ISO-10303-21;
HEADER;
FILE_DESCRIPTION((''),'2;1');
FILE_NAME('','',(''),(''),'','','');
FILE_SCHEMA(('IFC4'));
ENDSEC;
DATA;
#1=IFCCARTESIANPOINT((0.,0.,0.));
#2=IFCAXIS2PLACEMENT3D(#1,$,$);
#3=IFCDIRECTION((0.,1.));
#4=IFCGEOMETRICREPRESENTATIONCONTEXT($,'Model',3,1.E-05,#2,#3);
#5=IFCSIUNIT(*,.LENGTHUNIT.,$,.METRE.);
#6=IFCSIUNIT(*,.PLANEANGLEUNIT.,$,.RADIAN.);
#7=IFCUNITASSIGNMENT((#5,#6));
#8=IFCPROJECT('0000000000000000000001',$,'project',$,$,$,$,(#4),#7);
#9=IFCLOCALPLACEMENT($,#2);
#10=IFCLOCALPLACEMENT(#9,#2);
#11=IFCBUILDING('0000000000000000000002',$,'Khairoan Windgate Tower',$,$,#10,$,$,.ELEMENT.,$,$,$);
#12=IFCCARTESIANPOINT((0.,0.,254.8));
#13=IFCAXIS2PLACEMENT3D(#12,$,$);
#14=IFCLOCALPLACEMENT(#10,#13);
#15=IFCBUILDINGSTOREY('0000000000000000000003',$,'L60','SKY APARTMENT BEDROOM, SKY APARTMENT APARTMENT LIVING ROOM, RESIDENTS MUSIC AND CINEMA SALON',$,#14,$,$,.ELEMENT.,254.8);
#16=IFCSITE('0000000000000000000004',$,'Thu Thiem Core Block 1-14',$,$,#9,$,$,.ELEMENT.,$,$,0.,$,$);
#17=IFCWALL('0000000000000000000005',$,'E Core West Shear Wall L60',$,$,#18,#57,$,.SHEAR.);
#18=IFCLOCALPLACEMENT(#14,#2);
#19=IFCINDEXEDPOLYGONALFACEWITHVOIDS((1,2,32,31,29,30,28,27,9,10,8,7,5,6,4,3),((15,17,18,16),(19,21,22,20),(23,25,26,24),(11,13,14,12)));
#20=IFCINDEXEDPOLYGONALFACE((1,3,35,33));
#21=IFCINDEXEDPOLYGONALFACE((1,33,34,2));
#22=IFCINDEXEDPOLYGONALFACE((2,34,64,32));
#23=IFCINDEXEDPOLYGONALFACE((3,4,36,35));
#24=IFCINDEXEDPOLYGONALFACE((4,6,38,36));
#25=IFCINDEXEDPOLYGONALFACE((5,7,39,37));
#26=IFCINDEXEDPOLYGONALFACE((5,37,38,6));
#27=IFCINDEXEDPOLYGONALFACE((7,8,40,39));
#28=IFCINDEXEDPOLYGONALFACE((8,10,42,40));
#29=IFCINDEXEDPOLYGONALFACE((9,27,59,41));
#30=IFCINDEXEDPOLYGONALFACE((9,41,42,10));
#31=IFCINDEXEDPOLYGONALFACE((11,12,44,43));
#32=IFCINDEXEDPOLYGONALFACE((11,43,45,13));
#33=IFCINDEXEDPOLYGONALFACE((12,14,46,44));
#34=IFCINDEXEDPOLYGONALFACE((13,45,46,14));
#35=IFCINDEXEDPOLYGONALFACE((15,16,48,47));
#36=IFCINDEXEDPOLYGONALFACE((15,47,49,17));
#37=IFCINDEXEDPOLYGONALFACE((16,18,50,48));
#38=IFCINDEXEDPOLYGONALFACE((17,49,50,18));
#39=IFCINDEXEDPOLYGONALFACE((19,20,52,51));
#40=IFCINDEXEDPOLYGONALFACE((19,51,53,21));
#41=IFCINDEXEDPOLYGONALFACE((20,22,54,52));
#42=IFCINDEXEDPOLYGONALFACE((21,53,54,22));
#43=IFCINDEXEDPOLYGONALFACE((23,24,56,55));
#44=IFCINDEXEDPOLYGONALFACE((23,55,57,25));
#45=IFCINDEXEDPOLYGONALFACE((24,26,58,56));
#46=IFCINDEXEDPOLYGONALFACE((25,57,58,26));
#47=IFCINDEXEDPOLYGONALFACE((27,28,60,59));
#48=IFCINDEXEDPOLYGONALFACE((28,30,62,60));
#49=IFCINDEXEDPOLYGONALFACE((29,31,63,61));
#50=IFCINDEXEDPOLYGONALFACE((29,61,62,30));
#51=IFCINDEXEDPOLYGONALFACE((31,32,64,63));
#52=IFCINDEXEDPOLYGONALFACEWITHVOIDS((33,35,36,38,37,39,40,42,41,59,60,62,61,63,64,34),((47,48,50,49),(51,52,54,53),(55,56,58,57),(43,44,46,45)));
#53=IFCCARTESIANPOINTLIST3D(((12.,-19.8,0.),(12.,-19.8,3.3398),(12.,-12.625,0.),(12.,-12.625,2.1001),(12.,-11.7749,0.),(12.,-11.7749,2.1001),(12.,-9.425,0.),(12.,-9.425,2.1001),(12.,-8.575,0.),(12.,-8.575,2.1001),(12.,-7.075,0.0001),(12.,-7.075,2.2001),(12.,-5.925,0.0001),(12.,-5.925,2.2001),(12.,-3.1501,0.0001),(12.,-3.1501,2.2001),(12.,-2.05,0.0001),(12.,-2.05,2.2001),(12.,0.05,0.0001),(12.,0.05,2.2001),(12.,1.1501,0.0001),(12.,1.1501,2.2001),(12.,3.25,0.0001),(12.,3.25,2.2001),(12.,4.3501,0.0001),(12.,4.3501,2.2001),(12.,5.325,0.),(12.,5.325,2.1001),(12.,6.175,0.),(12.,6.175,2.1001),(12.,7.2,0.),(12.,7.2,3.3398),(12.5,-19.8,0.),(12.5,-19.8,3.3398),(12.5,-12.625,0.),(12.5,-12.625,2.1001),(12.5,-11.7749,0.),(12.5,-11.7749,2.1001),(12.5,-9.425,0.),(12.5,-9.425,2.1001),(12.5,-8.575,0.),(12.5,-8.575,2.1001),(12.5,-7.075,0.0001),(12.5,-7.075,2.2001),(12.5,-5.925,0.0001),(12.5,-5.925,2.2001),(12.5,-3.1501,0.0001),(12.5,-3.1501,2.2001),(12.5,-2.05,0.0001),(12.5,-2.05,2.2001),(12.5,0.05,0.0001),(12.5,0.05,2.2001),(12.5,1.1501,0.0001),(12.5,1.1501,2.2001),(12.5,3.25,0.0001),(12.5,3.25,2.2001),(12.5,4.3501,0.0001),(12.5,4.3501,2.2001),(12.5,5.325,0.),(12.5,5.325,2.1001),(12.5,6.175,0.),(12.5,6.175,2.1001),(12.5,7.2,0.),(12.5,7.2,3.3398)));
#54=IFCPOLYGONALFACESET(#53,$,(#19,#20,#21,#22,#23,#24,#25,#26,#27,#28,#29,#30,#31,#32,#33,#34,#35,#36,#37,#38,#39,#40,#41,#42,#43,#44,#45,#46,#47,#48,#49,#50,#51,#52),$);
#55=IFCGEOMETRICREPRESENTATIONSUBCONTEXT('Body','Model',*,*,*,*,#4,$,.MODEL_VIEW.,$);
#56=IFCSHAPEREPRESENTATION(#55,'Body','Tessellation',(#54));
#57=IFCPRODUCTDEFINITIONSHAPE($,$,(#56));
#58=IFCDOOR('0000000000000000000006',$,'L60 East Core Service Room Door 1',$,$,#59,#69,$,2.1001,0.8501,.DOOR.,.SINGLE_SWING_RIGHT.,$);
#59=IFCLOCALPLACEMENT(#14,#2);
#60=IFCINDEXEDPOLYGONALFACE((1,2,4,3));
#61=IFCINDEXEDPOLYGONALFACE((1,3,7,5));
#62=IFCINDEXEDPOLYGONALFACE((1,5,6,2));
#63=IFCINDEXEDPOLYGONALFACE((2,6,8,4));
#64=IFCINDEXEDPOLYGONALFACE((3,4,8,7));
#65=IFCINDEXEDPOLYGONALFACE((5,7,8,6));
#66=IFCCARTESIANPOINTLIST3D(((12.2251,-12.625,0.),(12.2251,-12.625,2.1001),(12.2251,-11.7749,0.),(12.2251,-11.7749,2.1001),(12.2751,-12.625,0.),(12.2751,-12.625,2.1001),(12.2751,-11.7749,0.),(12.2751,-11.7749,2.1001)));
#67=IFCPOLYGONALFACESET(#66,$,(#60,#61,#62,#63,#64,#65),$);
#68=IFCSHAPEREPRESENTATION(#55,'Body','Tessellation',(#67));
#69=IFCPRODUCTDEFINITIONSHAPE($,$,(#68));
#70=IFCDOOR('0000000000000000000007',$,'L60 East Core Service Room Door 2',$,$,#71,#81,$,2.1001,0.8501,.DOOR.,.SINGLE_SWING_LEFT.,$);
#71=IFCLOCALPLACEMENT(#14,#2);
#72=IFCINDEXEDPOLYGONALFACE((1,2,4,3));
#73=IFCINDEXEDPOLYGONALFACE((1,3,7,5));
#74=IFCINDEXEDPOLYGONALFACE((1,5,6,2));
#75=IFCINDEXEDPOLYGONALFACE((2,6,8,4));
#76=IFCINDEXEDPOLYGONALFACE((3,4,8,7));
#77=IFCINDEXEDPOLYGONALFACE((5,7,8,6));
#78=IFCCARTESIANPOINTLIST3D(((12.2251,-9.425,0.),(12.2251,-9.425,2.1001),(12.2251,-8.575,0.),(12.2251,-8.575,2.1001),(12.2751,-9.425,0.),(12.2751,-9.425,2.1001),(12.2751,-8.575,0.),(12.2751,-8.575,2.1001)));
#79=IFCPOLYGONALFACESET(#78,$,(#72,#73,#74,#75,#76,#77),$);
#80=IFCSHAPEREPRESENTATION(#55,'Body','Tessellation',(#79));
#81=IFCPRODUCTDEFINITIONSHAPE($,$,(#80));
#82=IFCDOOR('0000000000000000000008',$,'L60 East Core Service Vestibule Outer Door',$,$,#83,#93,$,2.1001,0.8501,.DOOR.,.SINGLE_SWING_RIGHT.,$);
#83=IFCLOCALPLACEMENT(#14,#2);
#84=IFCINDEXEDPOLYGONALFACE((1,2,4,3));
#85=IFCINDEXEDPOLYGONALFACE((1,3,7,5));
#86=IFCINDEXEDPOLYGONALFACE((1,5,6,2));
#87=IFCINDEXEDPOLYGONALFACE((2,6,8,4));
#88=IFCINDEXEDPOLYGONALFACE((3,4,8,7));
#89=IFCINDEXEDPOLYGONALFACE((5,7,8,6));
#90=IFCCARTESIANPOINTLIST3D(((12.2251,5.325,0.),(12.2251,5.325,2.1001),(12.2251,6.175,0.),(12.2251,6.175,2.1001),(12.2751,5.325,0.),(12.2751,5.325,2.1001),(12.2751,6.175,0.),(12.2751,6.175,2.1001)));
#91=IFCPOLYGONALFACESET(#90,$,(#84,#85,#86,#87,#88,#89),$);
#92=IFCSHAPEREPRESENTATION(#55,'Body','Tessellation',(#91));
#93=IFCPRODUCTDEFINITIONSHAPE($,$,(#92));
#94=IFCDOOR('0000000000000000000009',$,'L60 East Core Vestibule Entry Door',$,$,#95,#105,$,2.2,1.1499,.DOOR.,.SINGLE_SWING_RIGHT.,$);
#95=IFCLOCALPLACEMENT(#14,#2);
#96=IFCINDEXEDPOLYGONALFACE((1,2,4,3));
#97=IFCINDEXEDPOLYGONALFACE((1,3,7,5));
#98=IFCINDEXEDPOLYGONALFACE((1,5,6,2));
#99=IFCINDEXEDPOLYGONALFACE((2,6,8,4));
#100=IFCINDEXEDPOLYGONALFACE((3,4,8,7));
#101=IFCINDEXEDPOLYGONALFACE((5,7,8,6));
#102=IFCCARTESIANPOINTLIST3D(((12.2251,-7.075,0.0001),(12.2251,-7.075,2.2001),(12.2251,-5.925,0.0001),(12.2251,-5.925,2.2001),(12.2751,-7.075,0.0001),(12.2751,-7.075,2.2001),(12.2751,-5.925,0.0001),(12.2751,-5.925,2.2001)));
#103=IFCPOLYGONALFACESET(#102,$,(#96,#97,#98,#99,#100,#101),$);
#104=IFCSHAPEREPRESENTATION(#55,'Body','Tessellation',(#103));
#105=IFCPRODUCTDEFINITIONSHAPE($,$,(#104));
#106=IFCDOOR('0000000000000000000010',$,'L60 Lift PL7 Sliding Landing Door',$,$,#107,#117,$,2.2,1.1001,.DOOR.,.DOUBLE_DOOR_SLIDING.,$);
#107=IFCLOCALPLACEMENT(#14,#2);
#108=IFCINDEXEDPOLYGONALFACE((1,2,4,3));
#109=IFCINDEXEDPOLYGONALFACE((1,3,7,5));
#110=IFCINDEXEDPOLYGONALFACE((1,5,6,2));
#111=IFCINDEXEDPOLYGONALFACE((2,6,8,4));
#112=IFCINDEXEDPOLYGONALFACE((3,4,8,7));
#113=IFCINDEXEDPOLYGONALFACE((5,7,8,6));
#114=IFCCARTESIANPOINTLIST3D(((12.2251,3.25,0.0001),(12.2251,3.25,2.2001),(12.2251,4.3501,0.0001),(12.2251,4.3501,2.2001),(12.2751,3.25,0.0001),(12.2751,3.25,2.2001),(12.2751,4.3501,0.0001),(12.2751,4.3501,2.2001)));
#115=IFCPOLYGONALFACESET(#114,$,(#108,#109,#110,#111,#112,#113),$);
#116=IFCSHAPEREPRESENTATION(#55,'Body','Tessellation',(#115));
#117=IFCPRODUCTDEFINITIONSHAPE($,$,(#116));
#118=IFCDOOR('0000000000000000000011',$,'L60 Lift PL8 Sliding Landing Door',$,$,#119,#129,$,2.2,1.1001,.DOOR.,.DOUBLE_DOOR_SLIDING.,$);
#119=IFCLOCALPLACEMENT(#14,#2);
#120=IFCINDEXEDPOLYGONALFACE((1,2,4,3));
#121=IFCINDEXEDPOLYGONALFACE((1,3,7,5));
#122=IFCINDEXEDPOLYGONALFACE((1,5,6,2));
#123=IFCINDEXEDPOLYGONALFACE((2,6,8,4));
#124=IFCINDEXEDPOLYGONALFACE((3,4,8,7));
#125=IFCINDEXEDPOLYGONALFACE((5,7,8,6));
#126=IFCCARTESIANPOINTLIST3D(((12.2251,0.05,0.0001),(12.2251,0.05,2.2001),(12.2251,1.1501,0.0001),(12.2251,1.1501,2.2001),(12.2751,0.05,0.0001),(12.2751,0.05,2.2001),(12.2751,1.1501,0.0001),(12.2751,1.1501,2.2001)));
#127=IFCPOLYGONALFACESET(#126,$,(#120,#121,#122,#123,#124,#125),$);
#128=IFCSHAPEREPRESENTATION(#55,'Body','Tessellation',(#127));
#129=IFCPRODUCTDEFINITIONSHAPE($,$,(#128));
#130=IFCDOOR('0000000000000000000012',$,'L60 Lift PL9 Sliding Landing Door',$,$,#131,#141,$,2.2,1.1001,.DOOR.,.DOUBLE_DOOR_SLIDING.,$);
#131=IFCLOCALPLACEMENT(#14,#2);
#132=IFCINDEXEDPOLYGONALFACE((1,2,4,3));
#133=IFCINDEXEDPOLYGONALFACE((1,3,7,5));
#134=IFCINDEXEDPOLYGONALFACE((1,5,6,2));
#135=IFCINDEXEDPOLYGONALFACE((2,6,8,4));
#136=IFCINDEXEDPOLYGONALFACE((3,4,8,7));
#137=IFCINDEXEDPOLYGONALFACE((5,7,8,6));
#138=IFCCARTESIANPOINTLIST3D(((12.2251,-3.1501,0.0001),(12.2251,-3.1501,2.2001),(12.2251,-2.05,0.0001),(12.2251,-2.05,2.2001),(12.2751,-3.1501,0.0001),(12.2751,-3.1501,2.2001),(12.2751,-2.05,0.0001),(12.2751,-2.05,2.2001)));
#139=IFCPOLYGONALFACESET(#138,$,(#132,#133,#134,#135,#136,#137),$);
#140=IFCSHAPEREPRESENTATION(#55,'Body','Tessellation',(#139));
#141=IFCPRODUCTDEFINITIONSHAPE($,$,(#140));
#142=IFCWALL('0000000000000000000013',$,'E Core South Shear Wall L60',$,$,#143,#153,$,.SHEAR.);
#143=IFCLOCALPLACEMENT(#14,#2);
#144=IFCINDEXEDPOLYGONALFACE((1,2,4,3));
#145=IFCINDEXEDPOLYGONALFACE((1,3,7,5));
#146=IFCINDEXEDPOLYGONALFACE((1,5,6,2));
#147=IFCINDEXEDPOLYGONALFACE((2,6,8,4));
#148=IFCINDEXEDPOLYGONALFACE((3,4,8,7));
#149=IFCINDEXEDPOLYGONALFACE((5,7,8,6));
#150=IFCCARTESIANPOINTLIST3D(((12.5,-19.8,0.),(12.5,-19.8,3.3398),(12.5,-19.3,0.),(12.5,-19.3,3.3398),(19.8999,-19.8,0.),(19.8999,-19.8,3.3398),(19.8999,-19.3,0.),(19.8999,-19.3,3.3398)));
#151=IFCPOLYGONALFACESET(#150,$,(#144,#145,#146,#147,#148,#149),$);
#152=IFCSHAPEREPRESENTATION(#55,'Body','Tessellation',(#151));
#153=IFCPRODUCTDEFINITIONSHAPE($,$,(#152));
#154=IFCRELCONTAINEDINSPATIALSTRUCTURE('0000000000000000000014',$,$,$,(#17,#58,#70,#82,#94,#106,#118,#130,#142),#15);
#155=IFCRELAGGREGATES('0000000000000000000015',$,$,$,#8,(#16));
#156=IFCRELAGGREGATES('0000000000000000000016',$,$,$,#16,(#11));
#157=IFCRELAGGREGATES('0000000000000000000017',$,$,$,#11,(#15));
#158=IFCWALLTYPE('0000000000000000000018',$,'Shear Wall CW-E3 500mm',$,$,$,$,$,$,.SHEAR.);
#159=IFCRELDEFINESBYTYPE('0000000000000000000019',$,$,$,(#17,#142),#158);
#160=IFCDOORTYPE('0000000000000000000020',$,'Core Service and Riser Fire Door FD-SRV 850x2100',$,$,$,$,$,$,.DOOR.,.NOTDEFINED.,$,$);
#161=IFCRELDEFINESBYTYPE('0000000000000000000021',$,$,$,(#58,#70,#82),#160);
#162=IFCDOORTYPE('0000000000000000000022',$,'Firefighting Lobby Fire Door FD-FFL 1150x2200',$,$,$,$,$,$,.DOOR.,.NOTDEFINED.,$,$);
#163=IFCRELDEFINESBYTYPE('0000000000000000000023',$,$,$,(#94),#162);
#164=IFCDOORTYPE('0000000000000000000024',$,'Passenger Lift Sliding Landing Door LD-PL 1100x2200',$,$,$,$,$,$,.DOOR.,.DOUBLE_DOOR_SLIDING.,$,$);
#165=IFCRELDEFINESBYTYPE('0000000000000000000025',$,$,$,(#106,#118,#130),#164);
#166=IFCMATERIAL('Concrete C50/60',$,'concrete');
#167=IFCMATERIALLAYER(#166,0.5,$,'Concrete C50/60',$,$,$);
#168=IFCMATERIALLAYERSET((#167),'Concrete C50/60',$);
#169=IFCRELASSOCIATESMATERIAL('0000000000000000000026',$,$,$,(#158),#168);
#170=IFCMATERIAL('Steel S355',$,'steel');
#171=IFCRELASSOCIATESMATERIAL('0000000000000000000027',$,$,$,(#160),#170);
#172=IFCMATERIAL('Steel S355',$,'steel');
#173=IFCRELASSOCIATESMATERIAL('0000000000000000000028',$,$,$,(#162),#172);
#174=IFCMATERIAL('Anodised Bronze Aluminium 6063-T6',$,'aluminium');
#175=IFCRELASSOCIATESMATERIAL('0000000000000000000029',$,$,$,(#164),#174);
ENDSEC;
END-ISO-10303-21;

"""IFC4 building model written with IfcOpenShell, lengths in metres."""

from ifc_helpers import new_model, si_unit, direction, frame, frame_2d, origin, place, context, subcontext, project, spatial, rectangle, extrude, material, layer, layer_set, type_object, element, fill, save


model = new_model("IFC4")

# Units and contexts
model_context = context("Model", 3, precision=1e-05, world=origin(), true_north=direction((0.0, 1.0)))
body_context = subcontext(model_context, "Body", "Model", "MODEL_VIEW")
ifc_project = project(units=[si_unit("LENGTHUNIT", "METRE"), si_unit("PLANEANGLEUNIT", "RADIAN")], contexts=[model_context])

# Site, building, storey
site_placement = place(None, origin())
site = spatial("IfcSite", under=ifc_project, at=site_placement, Name="Thu Thiem Core Block 1-14", CompositionType="ELEMENT", RefElevation=0.0)
building_placement = place(site_placement, origin())
building = spatial("IfcBuilding", under=site, at=building_placement, Name="Khairoan Windgate Tower", CompositionType="ELEMENT")
storey_placement = place(building_placement, frame((0.0, 0.0, 254.8)))
storey = spatial("IfcBuildingStorey", under=building, at=storey_placement, Name="L60", Description="SKY APARTMENT BEDROOM, SKY APARTMENT APARTMENT LIVING ROOM, RESIDENTS MUSIC AND CINEMA SALON", CompositionType="ELEMENT", Elevation=254.8)

# Wall, openings, doors
ifc_material_1 = material(Name="Concrete C50/60", Category="concrete")
ifc_layer_1 = layer(ifc_material_1, 0.5, Name="Concrete C50/60")
ifc_layer_set_1 = layer_set([ifc_layer_1], Name="Concrete C50/60")
wall_type_1 = type_object("IfcWallType", Name="Shear Wall CW-E3 500mm", PredefinedType="SHEAR", material=ifc_layer_set_1)
wall_1_placement = place(storey_placement, frame((12.25, -19.8, 0.0), z_axis=(0.0, 0.0, 1.0), x_axis=(0.0, 1.0, 0.0)))
wall_1 = element("IfcWall", 1, at=wall_1_placement, inside=storey, type_object=wall_type_1, Name="E Core West Shear Wall L60", PredefinedType="SHEAR", context=body_context, shape_type="SweptSolid", body=[
    extrude(rectangle(XDim=27.0, YDim=0.5, at=frame_2d((13.5, 0.0))), origin(), (0.0, 0.0, 1.0), 3.3398),
])
opening_1_placement = place(wall_1_placement, frame((23.05, 0.0, 0.0)))
opening_1 = element("IfcOpeningElement", 2, at=opening_1_placement, cuts=wall_1, PredefinedType="OPENING", context=body_context, shape_type="SweptSolid", body=[
    extrude(rectangle(XDim=1.1001, YDim=2.2, at=frame_2d((0.55, 1.1001))), frame((0.0, 0.26, 0.0), z_axis=(0.0, -1.0, 0.0), x_axis=(1.0, 0.0, 0.0)), (0.0, 0.0, 1.0), 0.52),
])
opening_2_placement = place(wall_1_placement, frame((19.8501, 0.0, 0.0)))
opening_2 = element("IfcOpeningElement", 3, at=opening_2_placement, cuts=wall_1, PredefinedType="OPENING", context=body_context, shape_type="SweptSolid", body=[
    extrude(rectangle(XDim=1.1001, YDim=2.2, at=frame_2d((0.55, 1.1001))), frame((0.0, 0.26, 0.0), z_axis=(0.0, -1.0, 0.0), x_axis=(1.0, 0.0, 0.0)), (0.0, 0.0, 1.0), 0.52),
])
opening_3_placement = place(wall_1_placement, frame((16.6499, 0.0, 0.0)))
opening_3 = element("IfcOpeningElement", 4, at=opening_3_placement, cuts=wall_1, PredefinedType="OPENING", context=body_context, shape_type="SweptSolid", body=[
    extrude(rectangle(XDim=1.1001, YDim=2.2, at=frame_2d((0.55, 1.1001))), frame((0.0, 0.26, 0.0), z_axis=(0.0, -1.0, 0.0), x_axis=(1.0, 0.0, 0.0)), (0.0, 0.0, 1.0), 0.52),
])
opening_4_placement = place(wall_1_placement, frame((7.175, 0.0, 0.0)))
opening_4 = element("IfcOpeningElement", 5, at=opening_4_placement, cuts=wall_1, PredefinedType="OPENING", context=body_context, shape_type="SweptSolid", body=[
    extrude(rectangle(XDim=0.8501, YDim=2.1001, at=frame_2d((0.425, 1.05))), frame((0.0, 0.26, 0.0), z_axis=(0.0, -1.0, 0.0), x_axis=(1.0, 0.0, 0.0)), (0.0, 0.0, 1.0), 0.52),
])
opening_5_placement = place(wall_1_placement, frame((10.375, 0.0, 0.0)))
opening_5 = element("IfcOpeningElement", 6, at=opening_5_placement, cuts=wall_1, PredefinedType="OPENING", context=body_context, shape_type="SweptSolid", body=[
    extrude(rectangle(XDim=0.8501, YDim=2.1001, at=frame_2d((0.425, 1.05))), frame((0.0, 0.26, 0.0), z_axis=(0.0, -1.0, 0.0), x_axis=(1.0, 0.0, 0.0)), (0.0, 0.0, 1.0), 0.52),
])
opening_6_placement = place(wall_1_placement, frame((12.7251, 0.0, 0.0)))
opening_6 = element("IfcOpeningElement", 7, at=opening_6_placement, cuts=wall_1, PredefinedType="OPENING", context=body_context, shape_type="SweptSolid", body=[
    extrude(rectangle(XDim=1.1499, YDim=2.2, at=frame_2d((0.575, 1.1001))), frame((0.0, 0.26, 0.0), z_axis=(0.0, -1.0, 0.0), x_axis=(1.0, 0.0, 0.0)), (0.0, 0.0, 1.0), 0.52),
])
opening_7_placement = place(wall_1_placement, frame((25.125, 0.0, 0.0)))
opening_7 = element("IfcOpeningElement", 8, at=opening_7_placement, cuts=wall_1, PredefinedType="OPENING", context=body_context, shape_type="SweptSolid", body=[
    extrude(rectangle(XDim=0.8501, YDim=2.1001, at=frame_2d((0.425, 1.05))), frame((0.0, 0.26, 0.0), z_axis=(0.0, -1.0, 0.0), x_axis=(1.0, 0.0, 0.0)), (0.0, 0.0, 1.0), 0.52),
])
ifc_material_2 = material(Name="Steel S355", Category="steel")
door_type_1 = type_object("IfcDoorType", Name="Core Service and Riser Fire Door FD-SRV 850x2100", OperationType="NOTDEFINED", PredefinedType="DOOR", material=ifc_material_2)
door_1_placement = place(opening_4_placement, origin())
door_1 = element("IfcDoor", 9, at=door_1_placement, inside=storey, type_object=door_type_1, Name="L60 East Core Service Room Door 1", OperationType="SINGLE_SWING_RIGHT", OverallHeight=2.1001, OverallWidth=0.8501, PredefinedType="DOOR", context=body_context, shape_type="SweptSolid", body=[
    extrude(rectangle(XDim=0.8501, YDim=2.1001, at=frame_2d((0.425, 1.05))), frame((0.0, 0.0249, 0.0), z_axis=(0.0, -1.0, 0.0), x_axis=(1.0, 0.0, 0.0)), (0.0, 0.0, 1.0), 0.05),
])
fill(opening_4, door_1)
door_2_placement = place(opening_5_placement, origin())
door_2 = element("IfcDoor", 10, at=door_2_placement, inside=storey, type_object=door_type_1, Name="L60 East Core Service Room Door 2", OperationType="SINGLE_SWING_LEFT", OverallHeight=2.1001, OverallWidth=0.8501, PredefinedType="DOOR", context=body_context, shape_type="SweptSolid", body=[
    extrude(rectangle(XDim=0.8501, YDim=2.1001, at=frame_2d((0.425, 1.05))), frame((0.0, 0.0249, 0.0), z_axis=(0.0, -1.0, 0.0), x_axis=(1.0, 0.0, 0.0)), (0.0, 0.0, 1.0), 0.05),
])
fill(opening_5, door_2)
door_3_placement = place(opening_7_placement, origin())
door_3 = element("IfcDoor", 11, at=door_3_placement, inside=storey, type_object=door_type_1, Name="L60 East Core Service Vestibule Outer Door", OperationType="SINGLE_SWING_RIGHT", OverallHeight=2.1001, OverallWidth=0.8501, PredefinedType="DOOR", context=body_context, shape_type="SweptSolid", body=[
    extrude(rectangle(XDim=0.8501, YDim=2.1001, at=frame_2d((0.425, 1.05))), frame((0.0, 0.0249, 0.0), z_axis=(0.0, -1.0, 0.0), x_axis=(1.0, 0.0, 0.0)), (0.0, 0.0, 1.0), 0.05),
])
fill(opening_7, door_3)
ifc_material_3 = material(Name="Steel S355", Category="steel")
door_type_2 = type_object("IfcDoorType", Name="Firefighting Lobby Fire Door FD-FFL 1150x2200", OperationType="NOTDEFINED", PredefinedType="DOOR", material=ifc_material_3)
door_4_placement = place(opening_6_placement, origin())
door_4 = element("IfcDoor", 12, at=door_4_placement, inside=storey, type_object=door_type_2, Name="L60 East Core Vestibule Entry Door", OperationType="SINGLE_SWING_RIGHT", OverallHeight=2.2, OverallWidth=1.1499, PredefinedType="DOOR", context=body_context, shape_type="SweptSolid", body=[
    extrude(rectangle(XDim=1.1499, YDim=2.2, at=frame_2d((0.575, 1.1001))), frame((0.0, 0.0249, 0.0), z_axis=(0.0, -1.0, 0.0), x_axis=(1.0, 0.0, 0.0)), (0.0, 0.0, 1.0), 0.05),
])
fill(opening_6, door_4)
ifc_material_4 = material(Name="Anodised Bronze Aluminium 6063-T6", Category="aluminium")
door_type_3 = type_object("IfcDoorType", Name="Passenger Lift Sliding Landing Door LD-PL 1100x2200", OperationType="DOUBLE_DOOR_SLIDING", PredefinedType="DOOR", material=ifc_material_4)
door_5_placement = place(opening_1_placement, origin())
door_5 = element("IfcDoor", 13, at=door_5_placement, inside=storey, type_object=door_type_3, Name="L60 Lift PL7 Sliding Landing Door", OperationType="DOUBLE_DOOR_SLIDING", OverallHeight=2.2, OverallWidth=1.1001, PredefinedType="DOOR", context=body_context, shape_type="SweptSolid", body=[
    extrude(rectangle(XDim=1.1001, YDim=2.2, at=frame_2d((0.55, 1.1001))), frame((0.0, 0.0249, 0.0), z_axis=(0.0, -1.0, 0.0), x_axis=(1.0, 0.0, 0.0)), (0.0, 0.0, 1.0), 0.05),
])
fill(opening_1, door_5)
door_6_placement = place(opening_2_placement, origin())
door_6 = element("IfcDoor", 14, at=door_6_placement, inside=storey, type_object=door_type_3, Name="L60 Lift PL8 Sliding Landing Door", OperationType="DOUBLE_DOOR_SLIDING", OverallHeight=2.2, OverallWidth=1.1001, PredefinedType="DOOR", context=body_context, shape_type="SweptSolid", body=[
    extrude(rectangle(XDim=1.1001, YDim=2.2, at=frame_2d((0.55, 1.1001))), frame((0.0, 0.0249, 0.0), z_axis=(0.0, -1.0, 0.0), x_axis=(1.0, 0.0, 0.0)), (0.0, 0.0, 1.0), 0.05),
])
fill(opening_2, door_6)
door_7_placement = place(opening_3_placement, origin())
door_7 = element("IfcDoor", 15, at=door_7_placement, inside=storey, type_object=door_type_3, Name="L60 Lift PL9 Sliding Landing Door", OperationType="DOUBLE_DOOR_SLIDING", OverallHeight=2.2, OverallWidth=1.1001, PredefinedType="DOOR", context=body_context, shape_type="SweptSolid", body=[
    extrude(rectangle(XDim=1.1001, YDim=2.2, at=frame_2d((0.55, 1.1001))), frame((0.0, 0.0249, 0.0), z_axis=(0.0, -1.0, 0.0), x_axis=(1.0, 0.0, 0.0)), (0.0, 0.0, 1.0), 0.05),
])
fill(opening_3, door_7)

# Wall
wall_2_placement = place(storey_placement, frame((12.5, -19.55, 0.0), z_axis=(0.0, 0.0, 1.0), x_axis=(1.0, 0.0, 0.0)))
element("IfcWall", 16, at=wall_2_placement, inside=storey, type_object=wall_type_1, Name="E Core South Shear Wall L60", PredefinedType="SHEAR", context=body_context, shape_type="SweptSolid", body=[
    extrude(rectangle(XDim=7.3999, YDim=0.5, at=frame_2d((3.7, 0.0))), origin(), (0.0, 0.0, 1.0), 3.3398),
])

save(model, "model.ifc")
